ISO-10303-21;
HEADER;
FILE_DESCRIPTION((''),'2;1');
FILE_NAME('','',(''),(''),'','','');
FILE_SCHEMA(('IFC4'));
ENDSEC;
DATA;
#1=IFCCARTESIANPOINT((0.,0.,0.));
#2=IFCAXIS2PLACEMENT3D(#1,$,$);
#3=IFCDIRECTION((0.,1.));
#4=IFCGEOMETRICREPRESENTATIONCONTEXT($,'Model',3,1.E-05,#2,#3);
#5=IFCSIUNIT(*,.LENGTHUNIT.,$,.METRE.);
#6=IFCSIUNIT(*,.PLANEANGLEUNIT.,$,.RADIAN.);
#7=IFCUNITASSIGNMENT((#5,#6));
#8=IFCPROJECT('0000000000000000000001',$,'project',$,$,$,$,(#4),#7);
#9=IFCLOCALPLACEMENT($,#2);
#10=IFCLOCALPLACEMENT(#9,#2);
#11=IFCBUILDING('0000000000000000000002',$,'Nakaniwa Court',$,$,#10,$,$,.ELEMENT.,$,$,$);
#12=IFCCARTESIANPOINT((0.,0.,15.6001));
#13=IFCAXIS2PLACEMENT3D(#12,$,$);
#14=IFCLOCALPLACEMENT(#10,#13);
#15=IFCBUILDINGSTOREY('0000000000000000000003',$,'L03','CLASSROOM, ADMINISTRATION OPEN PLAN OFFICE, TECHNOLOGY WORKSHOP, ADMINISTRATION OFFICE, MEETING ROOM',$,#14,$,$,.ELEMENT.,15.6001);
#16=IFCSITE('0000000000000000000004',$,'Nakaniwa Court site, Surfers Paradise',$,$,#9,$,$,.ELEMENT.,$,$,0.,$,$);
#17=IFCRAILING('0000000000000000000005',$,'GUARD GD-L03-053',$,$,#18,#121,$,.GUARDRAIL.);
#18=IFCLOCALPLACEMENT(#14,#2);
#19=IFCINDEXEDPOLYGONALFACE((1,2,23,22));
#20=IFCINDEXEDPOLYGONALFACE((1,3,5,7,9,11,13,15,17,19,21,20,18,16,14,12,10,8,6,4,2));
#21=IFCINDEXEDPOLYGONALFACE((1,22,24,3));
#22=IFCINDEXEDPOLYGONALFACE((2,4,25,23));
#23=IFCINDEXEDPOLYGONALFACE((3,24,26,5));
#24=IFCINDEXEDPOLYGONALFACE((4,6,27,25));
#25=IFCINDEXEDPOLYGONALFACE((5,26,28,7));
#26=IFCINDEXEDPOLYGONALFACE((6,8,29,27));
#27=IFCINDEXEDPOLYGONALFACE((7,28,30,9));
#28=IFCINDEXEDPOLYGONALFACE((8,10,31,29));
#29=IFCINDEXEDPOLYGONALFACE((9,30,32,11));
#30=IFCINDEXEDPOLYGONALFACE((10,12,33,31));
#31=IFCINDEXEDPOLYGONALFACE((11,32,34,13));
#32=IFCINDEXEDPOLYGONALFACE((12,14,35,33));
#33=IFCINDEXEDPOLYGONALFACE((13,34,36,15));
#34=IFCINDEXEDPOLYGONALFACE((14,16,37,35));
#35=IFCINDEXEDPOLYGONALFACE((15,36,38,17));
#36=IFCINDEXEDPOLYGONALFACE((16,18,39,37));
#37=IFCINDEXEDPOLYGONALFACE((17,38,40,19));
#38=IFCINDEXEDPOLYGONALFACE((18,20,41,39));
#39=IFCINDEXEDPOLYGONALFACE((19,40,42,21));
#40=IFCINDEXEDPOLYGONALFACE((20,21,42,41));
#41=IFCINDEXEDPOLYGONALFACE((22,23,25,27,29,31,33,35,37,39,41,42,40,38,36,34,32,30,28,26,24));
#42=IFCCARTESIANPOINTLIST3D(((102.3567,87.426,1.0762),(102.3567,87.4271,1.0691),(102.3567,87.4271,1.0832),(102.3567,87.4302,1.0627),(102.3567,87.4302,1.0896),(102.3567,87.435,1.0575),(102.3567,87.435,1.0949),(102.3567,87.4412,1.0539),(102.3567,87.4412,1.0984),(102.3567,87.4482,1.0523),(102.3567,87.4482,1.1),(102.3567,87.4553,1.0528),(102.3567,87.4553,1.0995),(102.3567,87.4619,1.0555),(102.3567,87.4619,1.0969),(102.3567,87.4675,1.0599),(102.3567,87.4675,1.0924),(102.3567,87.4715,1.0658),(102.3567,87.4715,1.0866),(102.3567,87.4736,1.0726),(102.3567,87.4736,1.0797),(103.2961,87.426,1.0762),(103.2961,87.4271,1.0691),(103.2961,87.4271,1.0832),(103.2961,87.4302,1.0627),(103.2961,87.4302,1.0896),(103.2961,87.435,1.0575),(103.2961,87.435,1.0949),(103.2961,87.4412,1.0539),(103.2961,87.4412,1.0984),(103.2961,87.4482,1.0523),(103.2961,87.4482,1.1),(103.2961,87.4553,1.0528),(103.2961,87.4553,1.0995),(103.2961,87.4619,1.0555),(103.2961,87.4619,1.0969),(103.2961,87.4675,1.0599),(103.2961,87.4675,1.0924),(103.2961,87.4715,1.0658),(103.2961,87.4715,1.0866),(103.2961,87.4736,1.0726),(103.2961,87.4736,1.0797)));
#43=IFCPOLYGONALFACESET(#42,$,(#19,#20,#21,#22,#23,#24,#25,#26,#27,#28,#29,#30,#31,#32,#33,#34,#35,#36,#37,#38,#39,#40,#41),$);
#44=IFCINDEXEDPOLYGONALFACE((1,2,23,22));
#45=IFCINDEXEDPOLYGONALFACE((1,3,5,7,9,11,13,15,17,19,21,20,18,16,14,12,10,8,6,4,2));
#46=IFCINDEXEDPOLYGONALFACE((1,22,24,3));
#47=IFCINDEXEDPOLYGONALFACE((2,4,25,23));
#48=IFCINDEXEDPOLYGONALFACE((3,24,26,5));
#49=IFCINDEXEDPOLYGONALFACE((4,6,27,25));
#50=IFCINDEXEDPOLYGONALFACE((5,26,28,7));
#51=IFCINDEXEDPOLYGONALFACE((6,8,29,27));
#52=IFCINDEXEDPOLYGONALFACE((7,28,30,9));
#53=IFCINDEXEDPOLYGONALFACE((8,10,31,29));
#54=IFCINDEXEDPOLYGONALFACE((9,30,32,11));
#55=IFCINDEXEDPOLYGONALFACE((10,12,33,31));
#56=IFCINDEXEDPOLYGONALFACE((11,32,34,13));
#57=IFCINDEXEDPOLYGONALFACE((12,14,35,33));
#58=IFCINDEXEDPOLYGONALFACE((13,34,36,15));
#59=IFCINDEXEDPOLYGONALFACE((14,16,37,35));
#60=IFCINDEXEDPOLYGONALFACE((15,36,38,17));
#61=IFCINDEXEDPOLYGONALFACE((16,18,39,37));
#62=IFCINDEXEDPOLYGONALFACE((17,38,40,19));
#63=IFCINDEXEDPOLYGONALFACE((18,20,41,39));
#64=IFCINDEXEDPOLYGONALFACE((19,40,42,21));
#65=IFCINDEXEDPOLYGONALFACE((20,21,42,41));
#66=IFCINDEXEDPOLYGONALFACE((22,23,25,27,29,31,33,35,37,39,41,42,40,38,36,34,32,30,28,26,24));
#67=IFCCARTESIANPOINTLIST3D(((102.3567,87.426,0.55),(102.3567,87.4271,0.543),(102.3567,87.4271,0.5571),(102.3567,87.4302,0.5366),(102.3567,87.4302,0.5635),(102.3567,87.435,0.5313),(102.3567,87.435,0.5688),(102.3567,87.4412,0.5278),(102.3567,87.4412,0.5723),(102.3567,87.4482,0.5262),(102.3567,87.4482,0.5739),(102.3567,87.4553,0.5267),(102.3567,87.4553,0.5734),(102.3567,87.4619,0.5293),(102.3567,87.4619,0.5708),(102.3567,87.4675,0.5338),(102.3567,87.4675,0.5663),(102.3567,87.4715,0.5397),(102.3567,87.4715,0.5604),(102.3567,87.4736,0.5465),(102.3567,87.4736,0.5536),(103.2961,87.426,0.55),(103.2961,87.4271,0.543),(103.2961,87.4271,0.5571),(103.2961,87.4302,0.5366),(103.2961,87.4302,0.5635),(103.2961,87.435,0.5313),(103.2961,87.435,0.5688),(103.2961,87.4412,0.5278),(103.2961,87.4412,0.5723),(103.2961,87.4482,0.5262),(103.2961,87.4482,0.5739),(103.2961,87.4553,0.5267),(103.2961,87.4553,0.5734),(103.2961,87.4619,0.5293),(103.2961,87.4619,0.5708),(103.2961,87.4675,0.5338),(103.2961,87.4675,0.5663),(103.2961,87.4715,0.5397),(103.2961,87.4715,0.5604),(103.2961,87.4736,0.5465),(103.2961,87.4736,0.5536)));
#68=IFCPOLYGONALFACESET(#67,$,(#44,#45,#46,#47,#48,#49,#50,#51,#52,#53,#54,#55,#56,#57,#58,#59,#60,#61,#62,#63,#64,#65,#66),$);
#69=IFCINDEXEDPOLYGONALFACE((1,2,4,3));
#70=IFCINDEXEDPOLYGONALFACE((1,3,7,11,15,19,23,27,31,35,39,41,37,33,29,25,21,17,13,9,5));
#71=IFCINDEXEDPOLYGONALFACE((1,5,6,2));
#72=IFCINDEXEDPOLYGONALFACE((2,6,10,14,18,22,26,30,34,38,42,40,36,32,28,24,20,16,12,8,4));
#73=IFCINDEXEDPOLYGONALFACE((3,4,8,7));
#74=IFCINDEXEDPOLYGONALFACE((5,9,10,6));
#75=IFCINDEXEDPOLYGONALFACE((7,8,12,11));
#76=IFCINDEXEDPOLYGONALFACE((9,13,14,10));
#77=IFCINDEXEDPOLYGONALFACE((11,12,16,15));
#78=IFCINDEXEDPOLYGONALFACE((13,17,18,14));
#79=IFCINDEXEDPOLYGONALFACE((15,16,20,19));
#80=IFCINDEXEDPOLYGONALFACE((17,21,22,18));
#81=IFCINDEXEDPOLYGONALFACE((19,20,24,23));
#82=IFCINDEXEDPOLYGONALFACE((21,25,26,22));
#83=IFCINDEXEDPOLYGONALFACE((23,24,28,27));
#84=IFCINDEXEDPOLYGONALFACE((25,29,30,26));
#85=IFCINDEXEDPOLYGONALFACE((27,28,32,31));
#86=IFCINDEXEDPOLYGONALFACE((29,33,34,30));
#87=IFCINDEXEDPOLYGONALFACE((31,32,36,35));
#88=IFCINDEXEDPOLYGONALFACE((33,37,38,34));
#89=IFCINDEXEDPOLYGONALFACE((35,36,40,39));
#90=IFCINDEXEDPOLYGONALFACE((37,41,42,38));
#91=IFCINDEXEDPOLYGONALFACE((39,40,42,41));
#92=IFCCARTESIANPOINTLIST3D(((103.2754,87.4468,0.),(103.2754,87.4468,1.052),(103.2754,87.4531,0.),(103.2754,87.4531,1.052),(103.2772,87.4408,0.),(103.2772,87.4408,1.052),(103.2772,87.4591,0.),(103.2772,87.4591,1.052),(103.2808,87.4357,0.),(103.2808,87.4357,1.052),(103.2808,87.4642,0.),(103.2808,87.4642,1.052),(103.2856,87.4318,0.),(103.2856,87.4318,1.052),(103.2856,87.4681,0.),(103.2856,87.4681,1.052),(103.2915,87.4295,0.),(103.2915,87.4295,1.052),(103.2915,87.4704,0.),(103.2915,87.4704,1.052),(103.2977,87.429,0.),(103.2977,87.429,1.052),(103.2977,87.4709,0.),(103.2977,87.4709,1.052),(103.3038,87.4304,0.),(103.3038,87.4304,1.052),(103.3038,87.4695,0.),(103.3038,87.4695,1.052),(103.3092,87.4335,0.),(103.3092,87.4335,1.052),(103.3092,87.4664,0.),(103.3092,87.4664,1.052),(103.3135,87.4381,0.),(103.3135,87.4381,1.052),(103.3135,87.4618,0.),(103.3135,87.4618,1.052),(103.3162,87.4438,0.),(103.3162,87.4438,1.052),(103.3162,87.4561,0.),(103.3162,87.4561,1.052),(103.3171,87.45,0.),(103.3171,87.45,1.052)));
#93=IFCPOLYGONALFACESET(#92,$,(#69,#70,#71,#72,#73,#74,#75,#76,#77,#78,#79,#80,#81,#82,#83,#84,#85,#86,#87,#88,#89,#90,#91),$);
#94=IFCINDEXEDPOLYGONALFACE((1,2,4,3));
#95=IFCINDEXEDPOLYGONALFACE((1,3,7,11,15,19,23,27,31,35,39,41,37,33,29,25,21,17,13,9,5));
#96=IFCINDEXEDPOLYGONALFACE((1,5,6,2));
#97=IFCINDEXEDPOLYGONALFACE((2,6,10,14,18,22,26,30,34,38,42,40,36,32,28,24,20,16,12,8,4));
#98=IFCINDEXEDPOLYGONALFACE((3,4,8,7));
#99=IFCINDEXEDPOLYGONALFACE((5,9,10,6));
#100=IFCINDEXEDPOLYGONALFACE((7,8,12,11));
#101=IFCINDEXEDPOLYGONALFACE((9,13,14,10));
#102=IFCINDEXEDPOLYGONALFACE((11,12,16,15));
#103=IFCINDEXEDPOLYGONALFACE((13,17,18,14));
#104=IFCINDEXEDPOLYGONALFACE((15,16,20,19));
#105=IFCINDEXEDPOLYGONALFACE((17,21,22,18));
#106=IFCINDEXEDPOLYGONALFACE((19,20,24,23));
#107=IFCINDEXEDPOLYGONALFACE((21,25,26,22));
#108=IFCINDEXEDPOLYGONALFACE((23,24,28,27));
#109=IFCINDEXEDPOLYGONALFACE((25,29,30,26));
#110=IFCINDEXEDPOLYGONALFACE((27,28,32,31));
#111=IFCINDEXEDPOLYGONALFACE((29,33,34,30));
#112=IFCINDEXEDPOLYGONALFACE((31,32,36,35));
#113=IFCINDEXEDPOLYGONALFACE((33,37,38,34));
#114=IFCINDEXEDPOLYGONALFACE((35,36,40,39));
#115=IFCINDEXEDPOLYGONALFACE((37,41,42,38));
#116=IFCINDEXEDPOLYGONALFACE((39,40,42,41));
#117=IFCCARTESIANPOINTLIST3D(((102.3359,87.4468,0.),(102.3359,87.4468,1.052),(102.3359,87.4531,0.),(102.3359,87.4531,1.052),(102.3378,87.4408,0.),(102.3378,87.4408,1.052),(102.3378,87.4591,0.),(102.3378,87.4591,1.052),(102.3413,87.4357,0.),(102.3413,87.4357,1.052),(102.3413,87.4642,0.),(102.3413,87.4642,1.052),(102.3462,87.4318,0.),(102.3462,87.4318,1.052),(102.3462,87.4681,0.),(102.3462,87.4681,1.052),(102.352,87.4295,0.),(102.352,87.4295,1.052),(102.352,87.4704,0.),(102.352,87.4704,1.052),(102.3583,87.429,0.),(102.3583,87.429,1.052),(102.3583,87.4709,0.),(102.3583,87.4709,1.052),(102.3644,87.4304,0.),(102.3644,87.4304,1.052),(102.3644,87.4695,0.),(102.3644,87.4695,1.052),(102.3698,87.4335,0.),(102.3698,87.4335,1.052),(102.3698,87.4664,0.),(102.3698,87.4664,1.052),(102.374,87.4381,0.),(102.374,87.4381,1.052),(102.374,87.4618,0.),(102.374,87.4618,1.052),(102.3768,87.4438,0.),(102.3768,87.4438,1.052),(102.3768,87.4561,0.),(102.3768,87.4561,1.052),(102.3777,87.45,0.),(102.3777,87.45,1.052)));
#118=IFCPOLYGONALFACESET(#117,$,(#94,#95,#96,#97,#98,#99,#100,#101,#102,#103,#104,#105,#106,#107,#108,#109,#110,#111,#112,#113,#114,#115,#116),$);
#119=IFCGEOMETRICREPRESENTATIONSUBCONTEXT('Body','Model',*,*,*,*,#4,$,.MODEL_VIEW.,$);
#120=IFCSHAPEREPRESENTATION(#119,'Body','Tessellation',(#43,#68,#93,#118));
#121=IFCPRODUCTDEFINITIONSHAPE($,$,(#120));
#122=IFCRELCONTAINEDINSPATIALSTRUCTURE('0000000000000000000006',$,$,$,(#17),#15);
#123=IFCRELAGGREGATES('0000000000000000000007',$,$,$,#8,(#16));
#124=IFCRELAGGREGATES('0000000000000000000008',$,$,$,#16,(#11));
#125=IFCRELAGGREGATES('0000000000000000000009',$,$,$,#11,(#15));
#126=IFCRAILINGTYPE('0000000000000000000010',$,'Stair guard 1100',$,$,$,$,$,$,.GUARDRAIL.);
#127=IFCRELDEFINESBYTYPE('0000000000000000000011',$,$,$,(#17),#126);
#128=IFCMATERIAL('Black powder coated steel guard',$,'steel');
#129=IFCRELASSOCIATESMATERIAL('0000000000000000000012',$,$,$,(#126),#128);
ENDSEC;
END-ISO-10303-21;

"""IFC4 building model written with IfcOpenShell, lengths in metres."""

from ifc_helpers import new_model, si_unit, direction, frame, origin, origin_2d, place, context, subcontext, project, spatial, circle, extrude, material, type_object, element, save


model = new_model("IFC4")

# Units and contexts
model_context = context("Model", 3, precision=1e-05, world=origin(), true_north=direction((0.0, 1.0)))
body_context = subcontext(model_context, "Body", "Model", "MODEL_VIEW")
ifc_project = project(units=[si_unit("LENGTHUNIT", "METRE"), si_unit("PLANEANGLEUNIT", "RADIAN")], contexts=[model_context])

# Site, building, storey
site_placement = place(None, origin())
site = spatial("IfcSite", under=ifc_project, at=site_placement, Name="Nakaniwa Court site, Surfers Paradise", CompositionType="ELEMENT", RefElevation=0.0)
building_placement = place(site_placement, origin())
building = spatial("IfcBuilding", under=site, at=building_placement, Name="Nakaniwa Court", CompositionType="ELEMENT")
storey_placement = place(building_placement, frame((0.0, 0.0, 15.6001)))
storey = spatial("IfcBuildingStorey", under=building, at=storey_placement, Name="L03", Description="CLASSROOM, ADMINISTRATION OPEN PLAN OFFICE, TECHNOLOGY WORKSHOP, ADMINISTRATION OFFICE, MEETING ROOM", CompositionType="ELEMENT", Elevation=15.6001)

# Railing
ifc_material_1 = material(Name="Black powder coated steel guard", Category="steel")
railing_type_1 = type_object("IfcRailingType", Name="Stair guard 1100", PredefinedType="GUARDRAIL", material=ifc_material_1)
railing_1_placement = place(storey_placement, frame((103.2961, 87.45, 0.0)))
element("IfcRailing", 1, at=railing_1_placement, inside=storey, type_object=railing_type_1, Name="GUARD GD-L03-053", PredefinedType="GUARDRAIL", context=body_context, shape_type="SweptSolid", body=[
    extrude(circle(Radius=0.0239, at=origin_2d()), frame((0.0, 0.0, 1.0762), z_axis=(-1.0, 0.0, 0.0), x_axis=(0.0, -1.0, 0.0)), (0.0, 0.0, 1.0), 0.9395),
    extrude(circle(Radius=0.0239, at=origin_2d()), frame((0.0, 0.0, 0.55), z_axis=(-1.0, 0.0, 0.0), x_axis=(0.0, -1.0, 0.0)), (0.0, 0.0, 1.0), 0.9395),
    extrude(circle(Radius=0.021, at=origin_2d()), origin(), (0.0, 0.0, 1.0), 1.052),
    extrude(circle(Radius=0.021, at=origin_2d()), frame((-0.9395, 0.0, 0.0)), (0.0, 0.0, 1.0), 1.052),
])

save(model, "model.ifc")
